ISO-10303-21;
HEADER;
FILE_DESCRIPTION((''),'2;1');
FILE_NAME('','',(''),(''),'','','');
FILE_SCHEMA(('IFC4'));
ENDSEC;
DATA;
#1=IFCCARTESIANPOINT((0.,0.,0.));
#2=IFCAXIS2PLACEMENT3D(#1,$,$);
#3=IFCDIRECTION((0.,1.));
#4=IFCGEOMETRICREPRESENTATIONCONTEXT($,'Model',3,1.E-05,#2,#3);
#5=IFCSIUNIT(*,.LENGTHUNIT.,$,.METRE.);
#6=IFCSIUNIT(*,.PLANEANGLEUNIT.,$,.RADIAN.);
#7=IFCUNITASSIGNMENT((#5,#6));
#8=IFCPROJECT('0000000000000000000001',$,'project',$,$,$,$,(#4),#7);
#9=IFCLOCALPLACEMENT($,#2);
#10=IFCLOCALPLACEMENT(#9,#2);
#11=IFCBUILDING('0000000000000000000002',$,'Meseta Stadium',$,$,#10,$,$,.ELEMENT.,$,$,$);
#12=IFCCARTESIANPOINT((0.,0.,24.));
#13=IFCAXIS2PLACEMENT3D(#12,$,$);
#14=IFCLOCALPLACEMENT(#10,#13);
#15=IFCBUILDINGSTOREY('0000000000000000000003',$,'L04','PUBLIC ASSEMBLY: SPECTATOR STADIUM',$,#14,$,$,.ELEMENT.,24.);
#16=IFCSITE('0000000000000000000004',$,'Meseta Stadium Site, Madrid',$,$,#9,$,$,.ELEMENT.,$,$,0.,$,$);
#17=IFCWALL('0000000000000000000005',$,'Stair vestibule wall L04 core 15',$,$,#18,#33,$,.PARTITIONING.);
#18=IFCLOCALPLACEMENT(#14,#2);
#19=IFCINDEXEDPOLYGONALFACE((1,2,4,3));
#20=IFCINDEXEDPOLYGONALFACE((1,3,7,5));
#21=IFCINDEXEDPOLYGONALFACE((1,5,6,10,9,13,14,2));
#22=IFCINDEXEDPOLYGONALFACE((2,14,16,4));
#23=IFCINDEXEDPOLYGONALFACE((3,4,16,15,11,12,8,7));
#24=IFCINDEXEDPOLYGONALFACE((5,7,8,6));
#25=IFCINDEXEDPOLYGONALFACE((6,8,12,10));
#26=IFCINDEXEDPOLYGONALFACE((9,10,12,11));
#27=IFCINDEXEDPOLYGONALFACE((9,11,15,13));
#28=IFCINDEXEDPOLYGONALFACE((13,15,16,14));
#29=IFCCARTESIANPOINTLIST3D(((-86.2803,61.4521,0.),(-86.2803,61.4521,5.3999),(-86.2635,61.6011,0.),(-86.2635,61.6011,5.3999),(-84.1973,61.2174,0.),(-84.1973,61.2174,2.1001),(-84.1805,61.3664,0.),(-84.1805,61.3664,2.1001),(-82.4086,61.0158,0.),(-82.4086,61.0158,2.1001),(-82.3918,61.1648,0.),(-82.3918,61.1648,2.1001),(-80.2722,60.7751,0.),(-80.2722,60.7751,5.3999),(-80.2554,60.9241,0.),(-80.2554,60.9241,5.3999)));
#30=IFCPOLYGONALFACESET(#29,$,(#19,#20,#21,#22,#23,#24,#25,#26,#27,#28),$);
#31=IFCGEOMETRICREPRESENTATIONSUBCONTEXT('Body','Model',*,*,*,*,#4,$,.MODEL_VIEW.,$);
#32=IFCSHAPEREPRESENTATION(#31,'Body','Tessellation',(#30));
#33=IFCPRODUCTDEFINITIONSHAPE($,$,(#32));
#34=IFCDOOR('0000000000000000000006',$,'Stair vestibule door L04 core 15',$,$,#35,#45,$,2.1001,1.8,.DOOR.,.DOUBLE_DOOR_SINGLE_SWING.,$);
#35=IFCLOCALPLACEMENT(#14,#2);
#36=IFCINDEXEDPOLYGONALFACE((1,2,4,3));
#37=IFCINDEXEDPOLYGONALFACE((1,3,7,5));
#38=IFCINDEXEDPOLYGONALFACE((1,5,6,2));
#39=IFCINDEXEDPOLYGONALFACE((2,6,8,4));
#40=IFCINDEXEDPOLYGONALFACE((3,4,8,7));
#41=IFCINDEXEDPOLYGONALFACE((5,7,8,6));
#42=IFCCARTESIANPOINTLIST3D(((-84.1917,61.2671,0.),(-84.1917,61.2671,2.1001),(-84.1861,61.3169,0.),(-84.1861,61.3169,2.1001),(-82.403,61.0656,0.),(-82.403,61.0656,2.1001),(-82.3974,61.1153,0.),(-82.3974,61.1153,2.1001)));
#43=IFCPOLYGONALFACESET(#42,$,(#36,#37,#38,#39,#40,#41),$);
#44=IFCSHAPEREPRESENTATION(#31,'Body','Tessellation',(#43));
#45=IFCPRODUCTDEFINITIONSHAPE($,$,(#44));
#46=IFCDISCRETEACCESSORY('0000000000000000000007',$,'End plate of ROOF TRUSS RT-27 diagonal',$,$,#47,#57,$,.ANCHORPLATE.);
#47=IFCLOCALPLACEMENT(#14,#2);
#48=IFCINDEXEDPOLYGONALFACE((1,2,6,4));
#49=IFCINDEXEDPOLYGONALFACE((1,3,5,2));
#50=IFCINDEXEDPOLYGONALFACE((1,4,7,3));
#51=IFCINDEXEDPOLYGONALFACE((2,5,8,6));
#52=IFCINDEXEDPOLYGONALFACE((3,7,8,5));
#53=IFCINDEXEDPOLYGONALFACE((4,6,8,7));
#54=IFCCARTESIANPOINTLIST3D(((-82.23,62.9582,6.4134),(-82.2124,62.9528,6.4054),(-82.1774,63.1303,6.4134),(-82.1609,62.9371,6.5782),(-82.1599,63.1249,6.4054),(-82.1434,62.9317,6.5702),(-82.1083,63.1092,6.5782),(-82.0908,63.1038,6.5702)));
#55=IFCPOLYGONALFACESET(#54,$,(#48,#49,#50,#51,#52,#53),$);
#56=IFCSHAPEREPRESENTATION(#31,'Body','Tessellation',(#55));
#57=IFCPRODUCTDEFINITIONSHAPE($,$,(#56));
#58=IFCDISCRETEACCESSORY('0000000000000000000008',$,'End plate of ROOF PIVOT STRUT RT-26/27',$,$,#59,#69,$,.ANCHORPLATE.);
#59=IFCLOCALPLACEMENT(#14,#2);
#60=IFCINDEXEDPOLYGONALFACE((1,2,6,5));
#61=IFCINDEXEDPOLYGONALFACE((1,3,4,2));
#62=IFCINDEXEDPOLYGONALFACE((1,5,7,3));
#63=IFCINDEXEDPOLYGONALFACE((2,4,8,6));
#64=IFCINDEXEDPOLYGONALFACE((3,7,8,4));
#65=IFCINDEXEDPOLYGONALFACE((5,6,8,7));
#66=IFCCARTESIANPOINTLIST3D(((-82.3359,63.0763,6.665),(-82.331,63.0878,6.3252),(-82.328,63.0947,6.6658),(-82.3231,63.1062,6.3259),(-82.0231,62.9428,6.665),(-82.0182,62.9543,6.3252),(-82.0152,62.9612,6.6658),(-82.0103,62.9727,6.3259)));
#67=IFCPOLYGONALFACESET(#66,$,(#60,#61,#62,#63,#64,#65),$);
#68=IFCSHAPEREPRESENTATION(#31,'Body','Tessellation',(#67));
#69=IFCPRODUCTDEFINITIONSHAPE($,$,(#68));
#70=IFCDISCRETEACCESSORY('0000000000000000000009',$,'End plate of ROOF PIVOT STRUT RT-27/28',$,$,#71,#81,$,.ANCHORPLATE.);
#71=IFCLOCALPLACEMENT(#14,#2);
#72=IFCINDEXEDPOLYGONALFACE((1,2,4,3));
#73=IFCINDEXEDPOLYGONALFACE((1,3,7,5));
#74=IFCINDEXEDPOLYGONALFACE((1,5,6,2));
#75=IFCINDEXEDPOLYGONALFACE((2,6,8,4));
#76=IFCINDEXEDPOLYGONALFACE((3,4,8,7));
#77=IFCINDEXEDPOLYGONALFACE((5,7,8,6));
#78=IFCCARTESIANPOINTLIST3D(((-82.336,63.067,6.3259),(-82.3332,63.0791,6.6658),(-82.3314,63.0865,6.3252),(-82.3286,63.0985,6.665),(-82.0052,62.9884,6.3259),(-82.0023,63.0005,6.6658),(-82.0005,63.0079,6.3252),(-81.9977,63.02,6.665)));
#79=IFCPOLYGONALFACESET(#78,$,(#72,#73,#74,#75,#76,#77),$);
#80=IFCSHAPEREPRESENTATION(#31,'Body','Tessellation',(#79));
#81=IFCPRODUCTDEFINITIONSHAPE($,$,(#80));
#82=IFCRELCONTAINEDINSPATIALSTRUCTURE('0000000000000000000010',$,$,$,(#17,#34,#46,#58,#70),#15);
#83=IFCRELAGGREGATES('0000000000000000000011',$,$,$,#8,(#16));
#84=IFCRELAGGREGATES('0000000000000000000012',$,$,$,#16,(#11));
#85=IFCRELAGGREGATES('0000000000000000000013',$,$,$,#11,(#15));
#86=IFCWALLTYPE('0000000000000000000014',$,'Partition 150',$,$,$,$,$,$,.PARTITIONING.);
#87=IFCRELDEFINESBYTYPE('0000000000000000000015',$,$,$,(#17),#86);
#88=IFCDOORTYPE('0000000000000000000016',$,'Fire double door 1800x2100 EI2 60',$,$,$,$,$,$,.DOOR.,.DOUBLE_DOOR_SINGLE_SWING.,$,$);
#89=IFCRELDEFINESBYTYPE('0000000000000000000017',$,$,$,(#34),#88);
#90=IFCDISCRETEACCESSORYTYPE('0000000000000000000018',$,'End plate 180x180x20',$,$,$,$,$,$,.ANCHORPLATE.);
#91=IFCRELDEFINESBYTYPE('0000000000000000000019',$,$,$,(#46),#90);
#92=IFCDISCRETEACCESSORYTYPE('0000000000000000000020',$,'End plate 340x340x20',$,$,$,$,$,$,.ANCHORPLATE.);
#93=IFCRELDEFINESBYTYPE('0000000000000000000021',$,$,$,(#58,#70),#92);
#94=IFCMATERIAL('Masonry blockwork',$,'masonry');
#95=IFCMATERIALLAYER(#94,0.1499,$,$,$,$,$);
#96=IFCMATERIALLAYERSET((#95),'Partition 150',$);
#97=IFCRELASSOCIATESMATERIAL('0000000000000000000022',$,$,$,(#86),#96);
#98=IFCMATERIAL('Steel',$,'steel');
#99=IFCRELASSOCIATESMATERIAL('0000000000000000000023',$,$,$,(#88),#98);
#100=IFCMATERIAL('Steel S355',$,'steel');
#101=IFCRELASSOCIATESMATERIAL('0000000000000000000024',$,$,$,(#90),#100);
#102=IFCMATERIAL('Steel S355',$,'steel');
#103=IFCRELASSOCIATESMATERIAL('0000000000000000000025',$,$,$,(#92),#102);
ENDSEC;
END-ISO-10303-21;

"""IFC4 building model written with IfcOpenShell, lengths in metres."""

from ifc_helpers import new_model, si_unit, direction, frame, frame_2d, origin, origin_2d, place, context, subcontext, project, spatial, rectangle, extrude, material, layer, layer_set, material_profile, profile_set, type_object, element, fill, save


model = new_model("IFC4")

# Units and contexts
model_context = context("Model", 3, precision=1e-05, world=origin(), true_north=direction((0.0, 1.0)))
body_context = subcontext(model_context, "Body", "Model", "MODEL_VIEW")
ifc_project = project(units=[si_unit("LENGTHUNIT", "METRE"), si_unit("PLANEANGLEUNIT", "RADIAN")], contexts=[model_context])

# Site, building, storey
site_placement = place(None, origin())
site = spatial("IfcSite", under=ifc_project, at=site_placement, Name="Meseta Stadium Site, Madrid", CompositionType="ELEMENT", RefElevation=0.0)
building_placement = place(site_placement, origin())
building = spatial("IfcBuilding", under=site, at=building_placement, Name="Meseta Stadium", CompositionType="ELEMENT")
storey_placement = place(building_placement, frame((0.0, 0.0, 24.0)))
storey = spatial("IfcBuildingStorey", under=building, at=storey_placement, Name="L04", Description="PUBLIC ASSEMBLY: SPECTATOR STADIUM", CompositionType="ELEMENT", Elevation=24.0)

# Shared definitions
ifc_material_1 = material(Name="Masonry blockwork", Category="masonry")
ifc_layer_1 = layer(ifc_material_1, 0.1499)
ifc_layer_set_1 = layer_set([ifc_layer_1], Name="Partition 150")
wall_type_1 = type_object("IfcWallType", Name="Partition 150", PredefinedType="PARTITIONING", material=ifc_layer_set_1)

# Wall, opening, door
wall_1_placement = place(storey_placement, frame((-80.2639, 60.8496, 0.0), z_axis=(0.0, 0.0, 1.0), x_axis=(-0.993711, 0.111974, 0.0)))
wall_1 = element("IfcWall", 1, at=wall_1_placement, inside=storey, type_object=wall_type_1, Name="Stair vestibule wall L04 core 15", PredefinedType="PARTITIONING", context=body_context, shape_type="SweptSolid", body=[
    extrude(rectangle(XDim=6.0461, YDim=0.1499, at=frame_2d((3.0229, 0.0))), origin(), (0.0, 0.0, 1.0), 5.3999),
])
opening_1_placement = place(wall_1_placement, frame((2.1499, 0.0, 0.0)))
opening_1 = element("IfcOpeningElement", 2, at=opening_1_placement, cuts=wall_1, PredefinedType="OPENING", context=body_context, shape_type="SweptSolid", body=[
    extrude(rectangle(XDim=1.8, YDim=2.1001, at=frame_2d((0.8999, 1.05))), frame((0.0, 0.085, 0.0), z_axis=(0.0, -1.0, 0.0), x_axis=(1.0, 0.0, 0.0)), (0.0, 0.0, 1.0), 0.1699),
])
ifc_material_2 = material(Name="Steel", Category="steel")
door_type_1 = type_object("IfcDoorType", Name="Fire double door 1800x2100 EI2 60", OperationType="DOUBLE_DOOR_SINGLE_SWING", PredefinedType="DOOR", material=ifc_material_2)
door_1_placement = place(opening_1_placement, origin())
door_1 = element("IfcDoor", 3, at=door_1_placement, inside=storey, type_object=door_type_1, Name="Stair vestibule door L04 core 15", OperationType="DOUBLE_DOOR_SINGLE_SWING", OverallHeight=2.1001, OverallWidth=1.8, PredefinedType="DOOR", context=body_context, shape_type="SweptSolid", body=[
    extrude(rectangle(XDim=1.8, YDim=2.1001, at=frame_2d((0.8999, 1.05))), frame((0.0, 0.0249, 0.0), z_axis=(0.0, -1.0, 0.0), x_axis=(1.0, 0.0, 0.0)), (0.0, 0.0, 1.0), 0.05),
])
fill(opening_1, door_1)

# Discrete accessories
ifc_material_3 = material(Name="Steel S355", Category="steel")
ifc_material_profile_1 = material_profile(ifc_material_3, rectangle(XDim=0.1799, YDim=0.1799, at=origin_2d()), Name="PL 180x180")
ifc_profile_set_1 = profile_set([ifc_material_profile_1], Name="Steel S355")
discrete_accessory_type_1 = type_object("IfcDiscreteAccessoryType", Name="End plate 180x180x20", PredefinedType="ANCHORPLATE", material=ifc_profile_set_1)
discrete_accessory_placement = place(storey_placement, frame((-82.1516, 63.0283, 6.4878), z_axis=(-0.875902, 0.267637, 0.401455), x_axis=(-0.292219, -0.956352, 0.0)))
element("IfcDiscreteAccessory", 4, at=discrete_accessory_placement, inside=storey, type_object=discrete_accessory_type_1, Name="End plate of ROOF TRUSS RT-27 diagonal", PredefinedType="ANCHORPLATE", context=body_context, shape_type="SweptSolid", body=[
    extrude(rectangle(XDim=0.1799, YDim=0.1799, at=origin_2d()), origin(), (0.0, 0.0, 1.0), 0.02),
])
ifc_material_4 = material(Name="Steel S355", Category="steel")
ifc_material_profile_2 = material_profile(ifc_material_4, rectangle(XDim=0.3401, YDim=0.3401, at=origin_2d()), Name="PL 340x340")
ifc_profile_set_2 = profile_set([ifc_material_profile_2], Name="Steel S355")
discrete_accessory_type_2 = type_object("IfcDiscreteAccessoryType", Name="End plate 340x340x20", PredefinedType="ANCHORPLATE", material=ifc_profile_set_2)
for number, where, z_axis, x_axis, name in (
    (5, (-82.1692, 63.0337, 6.4958), (-0.392173, -0.919156, -0.036766), (0.919778, -0.392439, 0.0), "End plate of ROOF PIVOT STRUT RT-26/27"),
    (6, (-82.1646, 63.0532, 6.4951), (-0.230919, -0.97229, 0.036461), (0.972937, -0.231072, 0.0), "End plate of ROOF PIVOT STRUT RT-27/28"),
):
    element("IfcDiscreteAccessory", number, at=place(storey_placement, frame(where, z_axis=z_axis, x_axis=x_axis)), inside=storey, type_object=discrete_accessory_type_2, Name=name, PredefinedType="ANCHORPLATE", context=body_context, shape_type="SweptSolid", body=[
        extrude(rectangle(XDim=0.3401, YDim=0.3401, at=origin_2d()), origin(), (0.0, 0.0, 1.0), 0.02),
    ])

save(model, "model.ifc")
